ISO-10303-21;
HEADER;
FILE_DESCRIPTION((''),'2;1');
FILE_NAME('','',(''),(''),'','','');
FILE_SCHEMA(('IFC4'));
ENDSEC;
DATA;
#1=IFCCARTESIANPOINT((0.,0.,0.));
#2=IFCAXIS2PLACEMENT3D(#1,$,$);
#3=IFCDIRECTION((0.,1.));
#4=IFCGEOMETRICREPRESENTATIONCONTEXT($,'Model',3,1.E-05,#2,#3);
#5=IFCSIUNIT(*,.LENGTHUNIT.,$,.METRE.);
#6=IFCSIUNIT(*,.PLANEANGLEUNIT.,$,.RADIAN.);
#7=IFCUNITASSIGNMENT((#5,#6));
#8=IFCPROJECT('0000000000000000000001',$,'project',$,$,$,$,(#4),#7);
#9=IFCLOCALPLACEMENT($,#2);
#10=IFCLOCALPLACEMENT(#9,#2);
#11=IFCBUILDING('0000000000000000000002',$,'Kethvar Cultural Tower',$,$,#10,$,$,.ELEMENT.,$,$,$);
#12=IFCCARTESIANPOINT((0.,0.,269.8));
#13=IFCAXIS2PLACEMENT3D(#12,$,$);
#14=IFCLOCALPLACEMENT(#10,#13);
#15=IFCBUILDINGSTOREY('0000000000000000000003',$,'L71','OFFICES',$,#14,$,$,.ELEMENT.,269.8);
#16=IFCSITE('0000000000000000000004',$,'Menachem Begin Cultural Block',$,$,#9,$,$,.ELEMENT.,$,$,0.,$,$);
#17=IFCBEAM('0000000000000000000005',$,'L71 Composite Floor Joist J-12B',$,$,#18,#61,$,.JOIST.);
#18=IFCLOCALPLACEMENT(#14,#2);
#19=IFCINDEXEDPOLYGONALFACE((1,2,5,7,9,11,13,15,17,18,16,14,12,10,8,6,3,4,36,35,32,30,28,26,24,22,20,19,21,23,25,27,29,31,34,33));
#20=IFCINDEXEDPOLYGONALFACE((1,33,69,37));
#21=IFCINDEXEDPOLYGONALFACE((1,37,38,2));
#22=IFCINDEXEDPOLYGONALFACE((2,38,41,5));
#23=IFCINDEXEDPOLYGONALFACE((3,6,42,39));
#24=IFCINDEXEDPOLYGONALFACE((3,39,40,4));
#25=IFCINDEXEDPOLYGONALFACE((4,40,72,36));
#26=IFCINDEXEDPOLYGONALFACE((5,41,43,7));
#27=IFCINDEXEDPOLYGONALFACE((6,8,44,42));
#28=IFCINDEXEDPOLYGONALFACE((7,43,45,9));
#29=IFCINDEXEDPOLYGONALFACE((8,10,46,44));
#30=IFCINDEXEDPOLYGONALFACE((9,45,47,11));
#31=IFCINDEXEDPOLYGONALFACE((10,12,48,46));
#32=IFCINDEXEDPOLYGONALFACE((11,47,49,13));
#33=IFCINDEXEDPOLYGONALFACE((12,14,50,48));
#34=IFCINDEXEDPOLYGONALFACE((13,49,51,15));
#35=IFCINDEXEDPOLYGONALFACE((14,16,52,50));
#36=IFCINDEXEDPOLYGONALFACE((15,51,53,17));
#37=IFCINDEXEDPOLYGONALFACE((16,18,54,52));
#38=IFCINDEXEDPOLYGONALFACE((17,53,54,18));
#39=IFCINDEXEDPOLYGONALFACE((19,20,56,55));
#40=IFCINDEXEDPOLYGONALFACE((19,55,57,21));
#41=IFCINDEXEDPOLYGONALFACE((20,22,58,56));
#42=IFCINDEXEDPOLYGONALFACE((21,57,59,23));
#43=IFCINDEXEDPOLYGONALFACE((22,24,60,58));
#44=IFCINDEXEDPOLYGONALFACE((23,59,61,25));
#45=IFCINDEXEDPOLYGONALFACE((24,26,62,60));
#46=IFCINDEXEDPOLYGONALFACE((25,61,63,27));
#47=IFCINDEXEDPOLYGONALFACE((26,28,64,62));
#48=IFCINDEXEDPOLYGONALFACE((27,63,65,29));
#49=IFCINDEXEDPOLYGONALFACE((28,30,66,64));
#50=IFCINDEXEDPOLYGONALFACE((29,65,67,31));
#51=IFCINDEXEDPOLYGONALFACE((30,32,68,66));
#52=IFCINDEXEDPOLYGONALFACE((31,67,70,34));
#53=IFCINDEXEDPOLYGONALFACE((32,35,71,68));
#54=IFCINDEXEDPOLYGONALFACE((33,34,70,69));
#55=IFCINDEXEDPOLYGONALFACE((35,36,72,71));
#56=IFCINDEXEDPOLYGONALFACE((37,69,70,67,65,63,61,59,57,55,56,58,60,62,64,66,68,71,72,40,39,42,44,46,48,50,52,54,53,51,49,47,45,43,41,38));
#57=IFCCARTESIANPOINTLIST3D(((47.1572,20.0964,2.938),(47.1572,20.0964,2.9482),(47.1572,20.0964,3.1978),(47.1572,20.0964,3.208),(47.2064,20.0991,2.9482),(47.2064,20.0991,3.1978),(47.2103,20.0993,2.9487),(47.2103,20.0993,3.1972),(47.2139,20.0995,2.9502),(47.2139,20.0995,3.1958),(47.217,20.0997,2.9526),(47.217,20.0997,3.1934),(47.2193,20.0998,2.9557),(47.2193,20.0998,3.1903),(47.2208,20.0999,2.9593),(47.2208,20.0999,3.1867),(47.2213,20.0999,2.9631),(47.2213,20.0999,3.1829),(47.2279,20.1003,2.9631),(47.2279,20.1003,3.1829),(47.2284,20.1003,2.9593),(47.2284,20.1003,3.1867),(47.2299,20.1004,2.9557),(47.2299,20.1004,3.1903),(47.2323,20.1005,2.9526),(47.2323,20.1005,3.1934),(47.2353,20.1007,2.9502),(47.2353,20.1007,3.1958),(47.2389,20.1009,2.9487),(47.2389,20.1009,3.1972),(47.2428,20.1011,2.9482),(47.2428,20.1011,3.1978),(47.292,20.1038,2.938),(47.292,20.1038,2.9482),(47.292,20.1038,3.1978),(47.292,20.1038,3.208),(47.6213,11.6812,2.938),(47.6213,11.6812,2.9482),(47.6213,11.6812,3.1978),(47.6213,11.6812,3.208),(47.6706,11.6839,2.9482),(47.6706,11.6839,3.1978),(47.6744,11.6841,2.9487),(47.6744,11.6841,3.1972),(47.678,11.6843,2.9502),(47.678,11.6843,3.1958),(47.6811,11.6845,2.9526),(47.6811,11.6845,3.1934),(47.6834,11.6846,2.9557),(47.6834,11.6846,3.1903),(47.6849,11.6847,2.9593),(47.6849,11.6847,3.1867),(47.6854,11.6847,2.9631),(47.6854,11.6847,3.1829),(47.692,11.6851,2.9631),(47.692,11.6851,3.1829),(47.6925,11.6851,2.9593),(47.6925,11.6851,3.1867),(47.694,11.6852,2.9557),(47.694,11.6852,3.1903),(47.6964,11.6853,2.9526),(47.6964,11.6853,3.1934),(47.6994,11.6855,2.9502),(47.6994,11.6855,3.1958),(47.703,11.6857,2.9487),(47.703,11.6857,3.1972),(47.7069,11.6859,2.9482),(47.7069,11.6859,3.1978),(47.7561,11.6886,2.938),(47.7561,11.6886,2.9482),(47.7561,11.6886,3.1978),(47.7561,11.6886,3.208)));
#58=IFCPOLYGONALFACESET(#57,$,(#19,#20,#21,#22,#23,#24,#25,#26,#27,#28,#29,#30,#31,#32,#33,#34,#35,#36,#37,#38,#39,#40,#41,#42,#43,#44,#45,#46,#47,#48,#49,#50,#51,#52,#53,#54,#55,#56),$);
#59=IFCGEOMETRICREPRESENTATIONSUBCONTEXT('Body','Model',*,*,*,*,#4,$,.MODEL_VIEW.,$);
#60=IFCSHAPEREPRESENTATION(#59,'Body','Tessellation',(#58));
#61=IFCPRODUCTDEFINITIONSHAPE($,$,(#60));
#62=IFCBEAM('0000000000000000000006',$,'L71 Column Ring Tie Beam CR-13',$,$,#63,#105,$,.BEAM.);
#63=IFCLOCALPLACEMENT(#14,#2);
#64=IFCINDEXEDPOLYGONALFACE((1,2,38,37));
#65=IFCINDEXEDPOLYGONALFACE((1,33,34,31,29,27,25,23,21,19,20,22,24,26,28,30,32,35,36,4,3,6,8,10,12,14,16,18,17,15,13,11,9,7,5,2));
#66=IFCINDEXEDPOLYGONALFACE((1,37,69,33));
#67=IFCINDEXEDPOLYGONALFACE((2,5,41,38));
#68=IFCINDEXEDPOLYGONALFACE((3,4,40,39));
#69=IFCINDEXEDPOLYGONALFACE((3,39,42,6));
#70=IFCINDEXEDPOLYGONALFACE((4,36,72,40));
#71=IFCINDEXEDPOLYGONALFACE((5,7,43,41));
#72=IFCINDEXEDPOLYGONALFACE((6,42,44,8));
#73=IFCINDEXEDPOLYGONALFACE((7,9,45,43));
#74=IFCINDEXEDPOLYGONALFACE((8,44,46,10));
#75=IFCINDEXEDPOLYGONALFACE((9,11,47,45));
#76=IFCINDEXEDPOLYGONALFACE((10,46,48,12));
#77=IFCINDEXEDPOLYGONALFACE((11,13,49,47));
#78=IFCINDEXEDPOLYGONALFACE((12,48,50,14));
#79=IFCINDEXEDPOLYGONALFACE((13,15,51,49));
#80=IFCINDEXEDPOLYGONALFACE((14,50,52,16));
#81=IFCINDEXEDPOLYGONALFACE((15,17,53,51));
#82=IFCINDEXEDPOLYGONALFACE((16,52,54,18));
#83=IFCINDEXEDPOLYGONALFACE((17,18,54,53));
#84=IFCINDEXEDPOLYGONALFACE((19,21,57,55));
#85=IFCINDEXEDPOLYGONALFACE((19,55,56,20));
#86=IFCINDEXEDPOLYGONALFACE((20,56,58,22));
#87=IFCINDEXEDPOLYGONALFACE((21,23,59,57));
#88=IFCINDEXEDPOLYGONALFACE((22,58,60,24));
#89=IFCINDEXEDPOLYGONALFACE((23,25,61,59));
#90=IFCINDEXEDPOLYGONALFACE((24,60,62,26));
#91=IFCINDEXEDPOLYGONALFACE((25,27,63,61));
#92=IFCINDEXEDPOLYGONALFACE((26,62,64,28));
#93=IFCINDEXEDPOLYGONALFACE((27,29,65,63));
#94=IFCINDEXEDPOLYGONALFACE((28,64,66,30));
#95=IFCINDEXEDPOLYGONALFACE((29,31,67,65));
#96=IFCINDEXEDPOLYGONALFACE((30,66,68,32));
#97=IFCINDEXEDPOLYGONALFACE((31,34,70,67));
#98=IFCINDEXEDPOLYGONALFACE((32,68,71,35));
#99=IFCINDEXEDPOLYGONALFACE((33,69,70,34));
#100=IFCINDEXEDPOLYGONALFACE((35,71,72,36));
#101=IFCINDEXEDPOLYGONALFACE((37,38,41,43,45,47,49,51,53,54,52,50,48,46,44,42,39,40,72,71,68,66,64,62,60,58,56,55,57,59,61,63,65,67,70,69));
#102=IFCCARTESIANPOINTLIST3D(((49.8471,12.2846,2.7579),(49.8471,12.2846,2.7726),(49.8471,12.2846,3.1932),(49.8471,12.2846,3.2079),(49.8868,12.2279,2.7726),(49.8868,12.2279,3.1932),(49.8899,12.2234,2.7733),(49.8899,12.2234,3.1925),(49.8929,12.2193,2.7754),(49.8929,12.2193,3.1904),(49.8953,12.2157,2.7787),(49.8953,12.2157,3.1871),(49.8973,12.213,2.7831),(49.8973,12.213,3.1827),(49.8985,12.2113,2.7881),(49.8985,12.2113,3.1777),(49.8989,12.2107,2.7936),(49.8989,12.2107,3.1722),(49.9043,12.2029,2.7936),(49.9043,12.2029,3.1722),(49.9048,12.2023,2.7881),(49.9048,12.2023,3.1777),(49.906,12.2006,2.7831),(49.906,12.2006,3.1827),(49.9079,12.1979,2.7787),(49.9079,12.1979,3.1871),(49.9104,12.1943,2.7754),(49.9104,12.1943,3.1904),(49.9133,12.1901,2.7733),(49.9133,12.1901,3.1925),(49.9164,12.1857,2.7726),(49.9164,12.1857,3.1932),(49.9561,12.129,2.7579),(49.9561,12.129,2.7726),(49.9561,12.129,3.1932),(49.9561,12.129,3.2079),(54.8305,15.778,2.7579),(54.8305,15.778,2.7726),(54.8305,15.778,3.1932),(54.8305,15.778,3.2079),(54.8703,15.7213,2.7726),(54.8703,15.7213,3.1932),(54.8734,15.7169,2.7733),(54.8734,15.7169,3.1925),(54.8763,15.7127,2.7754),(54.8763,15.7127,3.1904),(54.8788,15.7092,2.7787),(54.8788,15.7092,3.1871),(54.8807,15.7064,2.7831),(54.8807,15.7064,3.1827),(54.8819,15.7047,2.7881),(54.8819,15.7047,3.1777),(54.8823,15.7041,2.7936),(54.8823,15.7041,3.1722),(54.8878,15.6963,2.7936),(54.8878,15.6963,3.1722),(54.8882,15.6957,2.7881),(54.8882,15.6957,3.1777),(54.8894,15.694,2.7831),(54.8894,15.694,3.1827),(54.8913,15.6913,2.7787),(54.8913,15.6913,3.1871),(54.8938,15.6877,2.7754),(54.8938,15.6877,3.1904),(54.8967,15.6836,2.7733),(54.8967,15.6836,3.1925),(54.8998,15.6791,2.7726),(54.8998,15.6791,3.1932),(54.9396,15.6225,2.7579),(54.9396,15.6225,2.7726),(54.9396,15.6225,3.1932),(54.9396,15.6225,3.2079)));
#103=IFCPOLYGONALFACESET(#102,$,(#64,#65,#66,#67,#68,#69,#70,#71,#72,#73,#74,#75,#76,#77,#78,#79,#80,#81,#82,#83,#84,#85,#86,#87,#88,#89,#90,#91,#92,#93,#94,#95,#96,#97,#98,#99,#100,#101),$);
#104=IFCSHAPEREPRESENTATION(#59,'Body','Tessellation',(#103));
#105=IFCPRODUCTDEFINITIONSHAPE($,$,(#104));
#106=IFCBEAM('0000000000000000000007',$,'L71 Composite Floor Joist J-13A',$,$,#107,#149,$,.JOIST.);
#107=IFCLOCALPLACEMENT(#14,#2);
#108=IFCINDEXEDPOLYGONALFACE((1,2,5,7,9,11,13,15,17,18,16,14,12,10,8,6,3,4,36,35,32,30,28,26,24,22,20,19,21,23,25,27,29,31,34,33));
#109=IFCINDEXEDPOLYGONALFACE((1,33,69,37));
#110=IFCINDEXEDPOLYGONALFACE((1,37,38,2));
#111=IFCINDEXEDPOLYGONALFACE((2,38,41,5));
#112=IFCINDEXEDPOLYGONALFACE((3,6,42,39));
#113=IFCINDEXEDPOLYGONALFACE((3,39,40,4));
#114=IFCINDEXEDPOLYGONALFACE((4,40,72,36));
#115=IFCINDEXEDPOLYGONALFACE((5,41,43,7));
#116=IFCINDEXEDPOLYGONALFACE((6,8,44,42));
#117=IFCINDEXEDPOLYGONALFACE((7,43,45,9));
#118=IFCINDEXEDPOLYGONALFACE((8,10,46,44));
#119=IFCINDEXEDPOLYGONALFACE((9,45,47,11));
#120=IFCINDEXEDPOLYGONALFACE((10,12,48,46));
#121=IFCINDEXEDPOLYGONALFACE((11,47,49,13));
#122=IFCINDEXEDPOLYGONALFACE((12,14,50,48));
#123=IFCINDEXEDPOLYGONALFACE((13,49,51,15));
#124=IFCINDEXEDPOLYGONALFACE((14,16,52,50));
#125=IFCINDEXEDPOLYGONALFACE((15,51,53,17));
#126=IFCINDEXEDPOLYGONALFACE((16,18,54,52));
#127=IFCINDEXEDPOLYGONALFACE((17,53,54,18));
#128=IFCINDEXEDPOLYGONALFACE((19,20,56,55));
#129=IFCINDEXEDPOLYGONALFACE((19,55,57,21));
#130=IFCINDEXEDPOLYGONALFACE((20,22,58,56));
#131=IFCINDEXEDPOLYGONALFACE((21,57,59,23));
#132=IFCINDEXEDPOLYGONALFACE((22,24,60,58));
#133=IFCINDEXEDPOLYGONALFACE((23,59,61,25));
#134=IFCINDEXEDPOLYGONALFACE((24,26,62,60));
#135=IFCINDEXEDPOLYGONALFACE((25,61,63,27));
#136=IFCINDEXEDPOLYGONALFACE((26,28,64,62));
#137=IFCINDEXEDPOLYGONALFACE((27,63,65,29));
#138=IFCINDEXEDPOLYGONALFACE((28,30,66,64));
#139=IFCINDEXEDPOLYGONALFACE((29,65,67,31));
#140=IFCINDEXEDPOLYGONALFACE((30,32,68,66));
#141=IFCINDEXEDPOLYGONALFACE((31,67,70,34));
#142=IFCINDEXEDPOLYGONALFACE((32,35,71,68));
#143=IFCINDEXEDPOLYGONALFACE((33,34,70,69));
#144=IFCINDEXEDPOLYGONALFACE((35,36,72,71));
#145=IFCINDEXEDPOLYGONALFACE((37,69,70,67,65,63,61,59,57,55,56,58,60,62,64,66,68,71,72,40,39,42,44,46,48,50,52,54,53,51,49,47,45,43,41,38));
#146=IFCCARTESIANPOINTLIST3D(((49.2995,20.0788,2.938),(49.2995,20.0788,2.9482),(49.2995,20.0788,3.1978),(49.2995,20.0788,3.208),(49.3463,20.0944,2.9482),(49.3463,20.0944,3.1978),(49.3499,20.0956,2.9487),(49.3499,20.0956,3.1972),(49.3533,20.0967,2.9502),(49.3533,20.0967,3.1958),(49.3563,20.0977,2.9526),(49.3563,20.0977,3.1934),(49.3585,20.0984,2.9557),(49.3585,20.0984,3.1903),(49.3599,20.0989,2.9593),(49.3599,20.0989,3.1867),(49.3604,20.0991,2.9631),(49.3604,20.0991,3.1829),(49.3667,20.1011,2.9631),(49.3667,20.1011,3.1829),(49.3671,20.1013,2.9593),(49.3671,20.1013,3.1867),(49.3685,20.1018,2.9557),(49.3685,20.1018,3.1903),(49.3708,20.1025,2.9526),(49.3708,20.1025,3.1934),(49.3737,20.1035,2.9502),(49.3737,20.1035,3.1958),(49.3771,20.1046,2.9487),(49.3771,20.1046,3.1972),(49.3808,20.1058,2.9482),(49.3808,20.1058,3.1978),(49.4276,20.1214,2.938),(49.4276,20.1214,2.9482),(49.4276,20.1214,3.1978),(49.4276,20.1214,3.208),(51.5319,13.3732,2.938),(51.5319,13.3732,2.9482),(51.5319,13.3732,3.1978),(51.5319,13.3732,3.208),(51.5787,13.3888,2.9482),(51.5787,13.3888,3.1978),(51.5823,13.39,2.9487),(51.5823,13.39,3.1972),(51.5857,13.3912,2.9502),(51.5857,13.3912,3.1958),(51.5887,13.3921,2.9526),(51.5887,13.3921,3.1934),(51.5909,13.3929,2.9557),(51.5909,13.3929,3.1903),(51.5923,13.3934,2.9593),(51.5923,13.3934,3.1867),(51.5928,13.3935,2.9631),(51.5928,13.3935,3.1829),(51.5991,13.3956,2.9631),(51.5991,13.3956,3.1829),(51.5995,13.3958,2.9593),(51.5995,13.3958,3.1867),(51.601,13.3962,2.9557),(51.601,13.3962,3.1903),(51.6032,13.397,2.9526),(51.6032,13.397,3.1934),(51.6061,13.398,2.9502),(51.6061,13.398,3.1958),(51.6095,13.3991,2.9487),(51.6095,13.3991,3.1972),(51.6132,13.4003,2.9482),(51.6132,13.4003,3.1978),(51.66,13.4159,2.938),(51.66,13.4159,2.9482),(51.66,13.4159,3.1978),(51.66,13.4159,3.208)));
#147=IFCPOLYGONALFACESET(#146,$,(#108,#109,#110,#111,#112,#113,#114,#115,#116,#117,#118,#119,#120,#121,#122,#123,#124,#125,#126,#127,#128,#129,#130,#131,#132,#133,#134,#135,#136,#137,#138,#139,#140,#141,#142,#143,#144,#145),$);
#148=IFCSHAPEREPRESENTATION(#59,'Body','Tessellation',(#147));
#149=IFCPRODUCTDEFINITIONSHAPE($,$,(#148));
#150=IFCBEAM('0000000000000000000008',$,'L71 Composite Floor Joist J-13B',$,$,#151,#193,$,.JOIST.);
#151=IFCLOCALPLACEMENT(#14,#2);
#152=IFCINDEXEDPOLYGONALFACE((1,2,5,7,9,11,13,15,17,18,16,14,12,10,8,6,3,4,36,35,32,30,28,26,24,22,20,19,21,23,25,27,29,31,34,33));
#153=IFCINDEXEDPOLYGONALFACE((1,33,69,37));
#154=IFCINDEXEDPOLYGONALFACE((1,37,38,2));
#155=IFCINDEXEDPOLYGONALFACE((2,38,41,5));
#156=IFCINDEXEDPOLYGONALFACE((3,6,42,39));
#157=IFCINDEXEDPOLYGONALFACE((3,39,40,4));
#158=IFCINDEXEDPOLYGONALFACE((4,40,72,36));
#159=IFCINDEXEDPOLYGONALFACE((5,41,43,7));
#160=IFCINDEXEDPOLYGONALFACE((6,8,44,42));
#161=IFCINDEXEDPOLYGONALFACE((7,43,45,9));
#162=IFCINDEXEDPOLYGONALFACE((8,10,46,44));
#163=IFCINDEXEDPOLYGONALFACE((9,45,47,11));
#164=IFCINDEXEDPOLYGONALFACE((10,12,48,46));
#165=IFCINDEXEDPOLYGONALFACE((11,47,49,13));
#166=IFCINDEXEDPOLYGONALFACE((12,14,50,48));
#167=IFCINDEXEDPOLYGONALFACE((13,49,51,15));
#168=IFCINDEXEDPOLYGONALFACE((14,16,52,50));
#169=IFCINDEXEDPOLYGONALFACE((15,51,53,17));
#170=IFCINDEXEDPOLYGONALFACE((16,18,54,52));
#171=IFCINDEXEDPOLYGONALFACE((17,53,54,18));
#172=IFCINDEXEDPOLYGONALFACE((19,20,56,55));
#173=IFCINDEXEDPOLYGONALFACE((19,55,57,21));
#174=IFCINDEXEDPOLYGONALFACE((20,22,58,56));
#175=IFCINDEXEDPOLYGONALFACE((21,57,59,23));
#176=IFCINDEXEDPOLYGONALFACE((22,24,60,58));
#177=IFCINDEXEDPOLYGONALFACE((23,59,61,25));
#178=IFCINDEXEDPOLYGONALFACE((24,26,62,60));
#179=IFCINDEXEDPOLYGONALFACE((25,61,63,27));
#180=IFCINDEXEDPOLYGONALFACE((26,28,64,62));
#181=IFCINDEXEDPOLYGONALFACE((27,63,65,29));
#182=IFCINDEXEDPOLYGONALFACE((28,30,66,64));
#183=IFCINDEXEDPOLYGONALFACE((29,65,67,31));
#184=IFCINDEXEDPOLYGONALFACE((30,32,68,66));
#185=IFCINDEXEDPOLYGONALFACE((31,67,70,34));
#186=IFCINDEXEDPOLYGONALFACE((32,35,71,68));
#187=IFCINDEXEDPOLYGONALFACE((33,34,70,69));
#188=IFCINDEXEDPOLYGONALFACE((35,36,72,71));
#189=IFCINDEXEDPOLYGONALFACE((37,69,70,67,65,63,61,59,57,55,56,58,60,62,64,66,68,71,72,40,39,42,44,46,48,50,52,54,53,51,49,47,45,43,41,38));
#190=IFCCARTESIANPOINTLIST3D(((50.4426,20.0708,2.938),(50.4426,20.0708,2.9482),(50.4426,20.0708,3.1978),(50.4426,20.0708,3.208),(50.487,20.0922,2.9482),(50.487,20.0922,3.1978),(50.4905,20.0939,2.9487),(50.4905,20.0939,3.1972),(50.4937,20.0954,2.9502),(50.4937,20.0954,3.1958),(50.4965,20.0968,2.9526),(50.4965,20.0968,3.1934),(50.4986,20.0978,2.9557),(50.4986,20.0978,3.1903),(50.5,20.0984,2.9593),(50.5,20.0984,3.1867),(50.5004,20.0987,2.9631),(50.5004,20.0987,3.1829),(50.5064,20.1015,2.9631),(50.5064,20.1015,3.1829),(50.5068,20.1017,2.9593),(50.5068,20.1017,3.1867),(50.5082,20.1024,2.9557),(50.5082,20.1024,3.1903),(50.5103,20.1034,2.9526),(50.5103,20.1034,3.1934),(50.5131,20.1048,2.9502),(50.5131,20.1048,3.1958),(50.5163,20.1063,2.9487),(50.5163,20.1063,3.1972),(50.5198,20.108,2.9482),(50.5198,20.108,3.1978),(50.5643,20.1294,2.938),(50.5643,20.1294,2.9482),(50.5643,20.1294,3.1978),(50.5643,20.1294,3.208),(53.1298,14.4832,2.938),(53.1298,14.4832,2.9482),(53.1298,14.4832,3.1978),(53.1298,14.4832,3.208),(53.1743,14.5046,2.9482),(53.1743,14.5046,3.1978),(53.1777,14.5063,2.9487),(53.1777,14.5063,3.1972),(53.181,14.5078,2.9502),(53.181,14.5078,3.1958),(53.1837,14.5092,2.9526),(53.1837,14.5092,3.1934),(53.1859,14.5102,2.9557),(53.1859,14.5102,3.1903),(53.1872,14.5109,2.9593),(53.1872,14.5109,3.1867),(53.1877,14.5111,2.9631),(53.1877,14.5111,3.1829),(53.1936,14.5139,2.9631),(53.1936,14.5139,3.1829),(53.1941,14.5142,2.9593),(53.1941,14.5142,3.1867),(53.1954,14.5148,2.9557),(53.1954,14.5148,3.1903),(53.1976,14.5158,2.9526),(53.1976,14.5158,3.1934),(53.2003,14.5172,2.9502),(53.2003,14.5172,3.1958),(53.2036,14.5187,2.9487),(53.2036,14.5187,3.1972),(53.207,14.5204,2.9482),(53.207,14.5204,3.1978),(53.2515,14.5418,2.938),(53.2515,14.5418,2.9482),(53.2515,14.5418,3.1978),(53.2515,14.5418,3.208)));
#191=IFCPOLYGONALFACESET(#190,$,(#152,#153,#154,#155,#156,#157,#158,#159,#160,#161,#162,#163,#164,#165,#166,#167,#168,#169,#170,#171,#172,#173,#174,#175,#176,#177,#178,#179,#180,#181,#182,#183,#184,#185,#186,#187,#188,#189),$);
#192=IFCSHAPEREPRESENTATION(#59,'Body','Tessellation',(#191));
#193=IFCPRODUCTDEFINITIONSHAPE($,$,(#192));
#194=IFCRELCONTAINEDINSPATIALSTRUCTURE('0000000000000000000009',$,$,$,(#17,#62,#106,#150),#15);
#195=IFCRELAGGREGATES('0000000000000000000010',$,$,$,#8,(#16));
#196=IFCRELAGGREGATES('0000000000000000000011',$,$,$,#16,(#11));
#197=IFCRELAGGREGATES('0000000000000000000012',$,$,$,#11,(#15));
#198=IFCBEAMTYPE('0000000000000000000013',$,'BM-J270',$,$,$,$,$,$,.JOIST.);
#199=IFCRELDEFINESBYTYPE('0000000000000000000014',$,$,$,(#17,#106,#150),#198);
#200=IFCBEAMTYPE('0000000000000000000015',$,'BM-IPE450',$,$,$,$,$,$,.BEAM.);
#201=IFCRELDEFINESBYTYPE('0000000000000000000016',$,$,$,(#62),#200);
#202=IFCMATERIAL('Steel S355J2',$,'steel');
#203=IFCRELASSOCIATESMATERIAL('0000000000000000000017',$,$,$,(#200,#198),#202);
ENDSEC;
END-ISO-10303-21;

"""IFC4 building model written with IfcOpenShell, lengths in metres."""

from ifc_helpers import new_model, si_unit, direction, frame, origin, origin_2d, place, context, subcontext, project, spatial, i_section, extrude, source, transform, mapped, material, material_profile, profile_set, type_object, element, save


model = new_model("IFC4")

# Units and contexts
model_context = context("Model", 3, precision=1e-05, world=origin(), true_north=direction((0.0, 1.0)))
body_context = subcontext(model_context, "Body", "Model", "MODEL_VIEW")
ifc_project = project(units=[si_unit("LENGTHUNIT", "METRE"), si_unit("PLANEANGLEUNIT", "RADIAN")], contexts=[model_context])

# Site, building, storey
site_placement = place(None, origin())
site = spatial("IfcSite", under=ifc_project, at=site_placement, Name="Menachem Begin Cultural Block", CompositionType="ELEMENT", RefElevation=0.0)
building_placement = place(site_placement, origin())
building = spatial("IfcBuilding", under=site, at=building_placement, Name="Kethvar Cultural Tower", CompositionType="ELEMENT")
storey_placement = place(building_placement, frame((0.0, 0.0, 269.8)))
storey = spatial("IfcBuildingStorey", under=building, at=storey_placement, Name="L71", Description="OFFICES", CompositionType="ELEMENT", Elevation=269.8)

# Shared definitions
ifc_material_1 = material(Name="Steel S355J2", Category="steel")

# Beams
ifc_material_profile_1 = material_profile(ifc_material_1, i_section(OverallWidth=0.1899, OverallDepth=0.45, WebThickness=0.0095, FlangeThickness=0.0146, FilletRadius=0.021, at=origin_2d()), Name="Steel S355J2 — IPE450")
ifc_profile_set_1 = profile_set([ifc_material_profile_1], Name="Steel S355J2 — IPE450")
beam_type_1 = type_object("IfcBeamType", Name="BM-IPE450", PredefinedType="BEAM", material=ifc_profile_set_1)
ifc_material_profile_2 = material_profile(ifc_material_1, i_section(OverallWidth=0.135, OverallDepth=0.27, WebThickness=0.0066, FlangeThickness=0.0103, FilletRadius=0.0149, at=origin_2d()), Name="Steel S355J2 — IPE270")
ifc_profile_set_2 = profile_set([ifc_material_profile_2], Name="Steel S355J2 — IPE270")
beam_type_2 = type_object("IfcBeamType", Name="BM-J270", PredefinedType="JOIST", material=ifc_profile_set_2)
shared_shape_1 = source(origin(), body_context, "Body", "SweptSolid", [
    extrude(i_section(OverallWidth=0.135, OverallDepth=0.27, WebThickness=0.0066, FlangeThickness=0.0103, FilletRadius=0.0149, at=origin_2d()), origin(), (0.0, 0.0, 1.0), 8.428),
])
beam_1_placement = place(storey_placement, frame((47.2246, 20.1001, 3.073), z_axis=(0.055067, -0.998483, 0.0), x_axis=(0.998483, 0.055067, 0.0)))
element("IfcBeam", 1, at=beam_1_placement, inside=storey, type_object=beam_type_2, Name="L71 Composite Floor Joist J-12B", PredefinedType="JOIST", context=body_context, shape_type="MappedRepresentation", body=[
    mapped(shared_shape_1, transform((0.0, 0.0, 0.0), scale=1.0)),
])
shared_shape_2 = source(origin(), body_context, "Body", "SweptSolid", [
    extrude(i_section(OverallWidth=0.1899, OverallDepth=0.45, WebThickness=0.0095, FlangeThickness=0.0146, FilletRadius=0.021, at=origin_2d()), origin(), (0.0, 0.0, 1.0), 6.0859),
])
beam_2_placement = place(storey_placement, frame((49.9016, 12.2068, 2.9829), z_axis=(0.818843, 0.574017, 0.0), x_axis=(-0.574017, 0.818843, 0.0)))
element("IfcBeam", 2, at=beam_2_placement, inside=storey, type_object=beam_type_1, Name="L71 Column Ring Tie Beam CR-13", PredefinedType="BEAM", context=body_context, shape_type="MappedRepresentation", body=[
    mapped(shared_shape_2, transform((0.0, 0.0, 0.0), scale=1.0)),
])
shared_shape_3 = source(origin(), body_context, "Body", "SweptSolid", [
    extrude(i_section(OverallWidth=0.135, OverallDepth=0.27, WebThickness=0.0066, FlangeThickness=0.0103, FilletRadius=0.0149, at=origin_2d()), origin(), (0.0, 0.0, 1.0), 7.0674),
])
beam_3_placement = place(storey_placement, frame((49.3635, 20.1001, 3.073), z_axis=(0.315875, -0.948801, 0.0), x_axis=(0.948801, 0.315875, 0.0)))
element("IfcBeam", 3, at=beam_3_placement, inside=storey, type_object=beam_type_2, Name="L71 Composite Floor Joist J-13A", PredefinedType="JOIST", context=body_context, shape_type="MappedRepresentation", body=[
    mapped(shared_shape_3, transform((0.0, 0.0, 0.0), scale=1.0)),
])
shared_shape_4 = source(origin(), body_context, "Body", "SweptSolid", [
    extrude(i_section(OverallWidth=0.135, OverallDepth=0.27, WebThickness=0.0066, FlangeThickness=0.0103, FilletRadius=0.0149, at=origin_2d()), origin(), (0.0, 0.0, 1.0), 6.2002),
])
beam_4_placement = place(storey_placement, frame((50.5034, 20.1001, 3.073), z_axis=(0.433411, -0.901197, 0.0), x_axis=(0.901197, 0.433411, 0.0)))
element("IfcBeam", 4, at=beam_4_placement, inside=storey, type_object=beam_type_2, Name="L71 Composite Floor Joist J-13B", PredefinedType="JOIST", context=body_context, shape_type="MappedRepresentation", body=[
    mapped(shared_shape_4, transform((0.0, 0.0, 0.0), scale=1.0)),
])

save(model, "model.ifc")
